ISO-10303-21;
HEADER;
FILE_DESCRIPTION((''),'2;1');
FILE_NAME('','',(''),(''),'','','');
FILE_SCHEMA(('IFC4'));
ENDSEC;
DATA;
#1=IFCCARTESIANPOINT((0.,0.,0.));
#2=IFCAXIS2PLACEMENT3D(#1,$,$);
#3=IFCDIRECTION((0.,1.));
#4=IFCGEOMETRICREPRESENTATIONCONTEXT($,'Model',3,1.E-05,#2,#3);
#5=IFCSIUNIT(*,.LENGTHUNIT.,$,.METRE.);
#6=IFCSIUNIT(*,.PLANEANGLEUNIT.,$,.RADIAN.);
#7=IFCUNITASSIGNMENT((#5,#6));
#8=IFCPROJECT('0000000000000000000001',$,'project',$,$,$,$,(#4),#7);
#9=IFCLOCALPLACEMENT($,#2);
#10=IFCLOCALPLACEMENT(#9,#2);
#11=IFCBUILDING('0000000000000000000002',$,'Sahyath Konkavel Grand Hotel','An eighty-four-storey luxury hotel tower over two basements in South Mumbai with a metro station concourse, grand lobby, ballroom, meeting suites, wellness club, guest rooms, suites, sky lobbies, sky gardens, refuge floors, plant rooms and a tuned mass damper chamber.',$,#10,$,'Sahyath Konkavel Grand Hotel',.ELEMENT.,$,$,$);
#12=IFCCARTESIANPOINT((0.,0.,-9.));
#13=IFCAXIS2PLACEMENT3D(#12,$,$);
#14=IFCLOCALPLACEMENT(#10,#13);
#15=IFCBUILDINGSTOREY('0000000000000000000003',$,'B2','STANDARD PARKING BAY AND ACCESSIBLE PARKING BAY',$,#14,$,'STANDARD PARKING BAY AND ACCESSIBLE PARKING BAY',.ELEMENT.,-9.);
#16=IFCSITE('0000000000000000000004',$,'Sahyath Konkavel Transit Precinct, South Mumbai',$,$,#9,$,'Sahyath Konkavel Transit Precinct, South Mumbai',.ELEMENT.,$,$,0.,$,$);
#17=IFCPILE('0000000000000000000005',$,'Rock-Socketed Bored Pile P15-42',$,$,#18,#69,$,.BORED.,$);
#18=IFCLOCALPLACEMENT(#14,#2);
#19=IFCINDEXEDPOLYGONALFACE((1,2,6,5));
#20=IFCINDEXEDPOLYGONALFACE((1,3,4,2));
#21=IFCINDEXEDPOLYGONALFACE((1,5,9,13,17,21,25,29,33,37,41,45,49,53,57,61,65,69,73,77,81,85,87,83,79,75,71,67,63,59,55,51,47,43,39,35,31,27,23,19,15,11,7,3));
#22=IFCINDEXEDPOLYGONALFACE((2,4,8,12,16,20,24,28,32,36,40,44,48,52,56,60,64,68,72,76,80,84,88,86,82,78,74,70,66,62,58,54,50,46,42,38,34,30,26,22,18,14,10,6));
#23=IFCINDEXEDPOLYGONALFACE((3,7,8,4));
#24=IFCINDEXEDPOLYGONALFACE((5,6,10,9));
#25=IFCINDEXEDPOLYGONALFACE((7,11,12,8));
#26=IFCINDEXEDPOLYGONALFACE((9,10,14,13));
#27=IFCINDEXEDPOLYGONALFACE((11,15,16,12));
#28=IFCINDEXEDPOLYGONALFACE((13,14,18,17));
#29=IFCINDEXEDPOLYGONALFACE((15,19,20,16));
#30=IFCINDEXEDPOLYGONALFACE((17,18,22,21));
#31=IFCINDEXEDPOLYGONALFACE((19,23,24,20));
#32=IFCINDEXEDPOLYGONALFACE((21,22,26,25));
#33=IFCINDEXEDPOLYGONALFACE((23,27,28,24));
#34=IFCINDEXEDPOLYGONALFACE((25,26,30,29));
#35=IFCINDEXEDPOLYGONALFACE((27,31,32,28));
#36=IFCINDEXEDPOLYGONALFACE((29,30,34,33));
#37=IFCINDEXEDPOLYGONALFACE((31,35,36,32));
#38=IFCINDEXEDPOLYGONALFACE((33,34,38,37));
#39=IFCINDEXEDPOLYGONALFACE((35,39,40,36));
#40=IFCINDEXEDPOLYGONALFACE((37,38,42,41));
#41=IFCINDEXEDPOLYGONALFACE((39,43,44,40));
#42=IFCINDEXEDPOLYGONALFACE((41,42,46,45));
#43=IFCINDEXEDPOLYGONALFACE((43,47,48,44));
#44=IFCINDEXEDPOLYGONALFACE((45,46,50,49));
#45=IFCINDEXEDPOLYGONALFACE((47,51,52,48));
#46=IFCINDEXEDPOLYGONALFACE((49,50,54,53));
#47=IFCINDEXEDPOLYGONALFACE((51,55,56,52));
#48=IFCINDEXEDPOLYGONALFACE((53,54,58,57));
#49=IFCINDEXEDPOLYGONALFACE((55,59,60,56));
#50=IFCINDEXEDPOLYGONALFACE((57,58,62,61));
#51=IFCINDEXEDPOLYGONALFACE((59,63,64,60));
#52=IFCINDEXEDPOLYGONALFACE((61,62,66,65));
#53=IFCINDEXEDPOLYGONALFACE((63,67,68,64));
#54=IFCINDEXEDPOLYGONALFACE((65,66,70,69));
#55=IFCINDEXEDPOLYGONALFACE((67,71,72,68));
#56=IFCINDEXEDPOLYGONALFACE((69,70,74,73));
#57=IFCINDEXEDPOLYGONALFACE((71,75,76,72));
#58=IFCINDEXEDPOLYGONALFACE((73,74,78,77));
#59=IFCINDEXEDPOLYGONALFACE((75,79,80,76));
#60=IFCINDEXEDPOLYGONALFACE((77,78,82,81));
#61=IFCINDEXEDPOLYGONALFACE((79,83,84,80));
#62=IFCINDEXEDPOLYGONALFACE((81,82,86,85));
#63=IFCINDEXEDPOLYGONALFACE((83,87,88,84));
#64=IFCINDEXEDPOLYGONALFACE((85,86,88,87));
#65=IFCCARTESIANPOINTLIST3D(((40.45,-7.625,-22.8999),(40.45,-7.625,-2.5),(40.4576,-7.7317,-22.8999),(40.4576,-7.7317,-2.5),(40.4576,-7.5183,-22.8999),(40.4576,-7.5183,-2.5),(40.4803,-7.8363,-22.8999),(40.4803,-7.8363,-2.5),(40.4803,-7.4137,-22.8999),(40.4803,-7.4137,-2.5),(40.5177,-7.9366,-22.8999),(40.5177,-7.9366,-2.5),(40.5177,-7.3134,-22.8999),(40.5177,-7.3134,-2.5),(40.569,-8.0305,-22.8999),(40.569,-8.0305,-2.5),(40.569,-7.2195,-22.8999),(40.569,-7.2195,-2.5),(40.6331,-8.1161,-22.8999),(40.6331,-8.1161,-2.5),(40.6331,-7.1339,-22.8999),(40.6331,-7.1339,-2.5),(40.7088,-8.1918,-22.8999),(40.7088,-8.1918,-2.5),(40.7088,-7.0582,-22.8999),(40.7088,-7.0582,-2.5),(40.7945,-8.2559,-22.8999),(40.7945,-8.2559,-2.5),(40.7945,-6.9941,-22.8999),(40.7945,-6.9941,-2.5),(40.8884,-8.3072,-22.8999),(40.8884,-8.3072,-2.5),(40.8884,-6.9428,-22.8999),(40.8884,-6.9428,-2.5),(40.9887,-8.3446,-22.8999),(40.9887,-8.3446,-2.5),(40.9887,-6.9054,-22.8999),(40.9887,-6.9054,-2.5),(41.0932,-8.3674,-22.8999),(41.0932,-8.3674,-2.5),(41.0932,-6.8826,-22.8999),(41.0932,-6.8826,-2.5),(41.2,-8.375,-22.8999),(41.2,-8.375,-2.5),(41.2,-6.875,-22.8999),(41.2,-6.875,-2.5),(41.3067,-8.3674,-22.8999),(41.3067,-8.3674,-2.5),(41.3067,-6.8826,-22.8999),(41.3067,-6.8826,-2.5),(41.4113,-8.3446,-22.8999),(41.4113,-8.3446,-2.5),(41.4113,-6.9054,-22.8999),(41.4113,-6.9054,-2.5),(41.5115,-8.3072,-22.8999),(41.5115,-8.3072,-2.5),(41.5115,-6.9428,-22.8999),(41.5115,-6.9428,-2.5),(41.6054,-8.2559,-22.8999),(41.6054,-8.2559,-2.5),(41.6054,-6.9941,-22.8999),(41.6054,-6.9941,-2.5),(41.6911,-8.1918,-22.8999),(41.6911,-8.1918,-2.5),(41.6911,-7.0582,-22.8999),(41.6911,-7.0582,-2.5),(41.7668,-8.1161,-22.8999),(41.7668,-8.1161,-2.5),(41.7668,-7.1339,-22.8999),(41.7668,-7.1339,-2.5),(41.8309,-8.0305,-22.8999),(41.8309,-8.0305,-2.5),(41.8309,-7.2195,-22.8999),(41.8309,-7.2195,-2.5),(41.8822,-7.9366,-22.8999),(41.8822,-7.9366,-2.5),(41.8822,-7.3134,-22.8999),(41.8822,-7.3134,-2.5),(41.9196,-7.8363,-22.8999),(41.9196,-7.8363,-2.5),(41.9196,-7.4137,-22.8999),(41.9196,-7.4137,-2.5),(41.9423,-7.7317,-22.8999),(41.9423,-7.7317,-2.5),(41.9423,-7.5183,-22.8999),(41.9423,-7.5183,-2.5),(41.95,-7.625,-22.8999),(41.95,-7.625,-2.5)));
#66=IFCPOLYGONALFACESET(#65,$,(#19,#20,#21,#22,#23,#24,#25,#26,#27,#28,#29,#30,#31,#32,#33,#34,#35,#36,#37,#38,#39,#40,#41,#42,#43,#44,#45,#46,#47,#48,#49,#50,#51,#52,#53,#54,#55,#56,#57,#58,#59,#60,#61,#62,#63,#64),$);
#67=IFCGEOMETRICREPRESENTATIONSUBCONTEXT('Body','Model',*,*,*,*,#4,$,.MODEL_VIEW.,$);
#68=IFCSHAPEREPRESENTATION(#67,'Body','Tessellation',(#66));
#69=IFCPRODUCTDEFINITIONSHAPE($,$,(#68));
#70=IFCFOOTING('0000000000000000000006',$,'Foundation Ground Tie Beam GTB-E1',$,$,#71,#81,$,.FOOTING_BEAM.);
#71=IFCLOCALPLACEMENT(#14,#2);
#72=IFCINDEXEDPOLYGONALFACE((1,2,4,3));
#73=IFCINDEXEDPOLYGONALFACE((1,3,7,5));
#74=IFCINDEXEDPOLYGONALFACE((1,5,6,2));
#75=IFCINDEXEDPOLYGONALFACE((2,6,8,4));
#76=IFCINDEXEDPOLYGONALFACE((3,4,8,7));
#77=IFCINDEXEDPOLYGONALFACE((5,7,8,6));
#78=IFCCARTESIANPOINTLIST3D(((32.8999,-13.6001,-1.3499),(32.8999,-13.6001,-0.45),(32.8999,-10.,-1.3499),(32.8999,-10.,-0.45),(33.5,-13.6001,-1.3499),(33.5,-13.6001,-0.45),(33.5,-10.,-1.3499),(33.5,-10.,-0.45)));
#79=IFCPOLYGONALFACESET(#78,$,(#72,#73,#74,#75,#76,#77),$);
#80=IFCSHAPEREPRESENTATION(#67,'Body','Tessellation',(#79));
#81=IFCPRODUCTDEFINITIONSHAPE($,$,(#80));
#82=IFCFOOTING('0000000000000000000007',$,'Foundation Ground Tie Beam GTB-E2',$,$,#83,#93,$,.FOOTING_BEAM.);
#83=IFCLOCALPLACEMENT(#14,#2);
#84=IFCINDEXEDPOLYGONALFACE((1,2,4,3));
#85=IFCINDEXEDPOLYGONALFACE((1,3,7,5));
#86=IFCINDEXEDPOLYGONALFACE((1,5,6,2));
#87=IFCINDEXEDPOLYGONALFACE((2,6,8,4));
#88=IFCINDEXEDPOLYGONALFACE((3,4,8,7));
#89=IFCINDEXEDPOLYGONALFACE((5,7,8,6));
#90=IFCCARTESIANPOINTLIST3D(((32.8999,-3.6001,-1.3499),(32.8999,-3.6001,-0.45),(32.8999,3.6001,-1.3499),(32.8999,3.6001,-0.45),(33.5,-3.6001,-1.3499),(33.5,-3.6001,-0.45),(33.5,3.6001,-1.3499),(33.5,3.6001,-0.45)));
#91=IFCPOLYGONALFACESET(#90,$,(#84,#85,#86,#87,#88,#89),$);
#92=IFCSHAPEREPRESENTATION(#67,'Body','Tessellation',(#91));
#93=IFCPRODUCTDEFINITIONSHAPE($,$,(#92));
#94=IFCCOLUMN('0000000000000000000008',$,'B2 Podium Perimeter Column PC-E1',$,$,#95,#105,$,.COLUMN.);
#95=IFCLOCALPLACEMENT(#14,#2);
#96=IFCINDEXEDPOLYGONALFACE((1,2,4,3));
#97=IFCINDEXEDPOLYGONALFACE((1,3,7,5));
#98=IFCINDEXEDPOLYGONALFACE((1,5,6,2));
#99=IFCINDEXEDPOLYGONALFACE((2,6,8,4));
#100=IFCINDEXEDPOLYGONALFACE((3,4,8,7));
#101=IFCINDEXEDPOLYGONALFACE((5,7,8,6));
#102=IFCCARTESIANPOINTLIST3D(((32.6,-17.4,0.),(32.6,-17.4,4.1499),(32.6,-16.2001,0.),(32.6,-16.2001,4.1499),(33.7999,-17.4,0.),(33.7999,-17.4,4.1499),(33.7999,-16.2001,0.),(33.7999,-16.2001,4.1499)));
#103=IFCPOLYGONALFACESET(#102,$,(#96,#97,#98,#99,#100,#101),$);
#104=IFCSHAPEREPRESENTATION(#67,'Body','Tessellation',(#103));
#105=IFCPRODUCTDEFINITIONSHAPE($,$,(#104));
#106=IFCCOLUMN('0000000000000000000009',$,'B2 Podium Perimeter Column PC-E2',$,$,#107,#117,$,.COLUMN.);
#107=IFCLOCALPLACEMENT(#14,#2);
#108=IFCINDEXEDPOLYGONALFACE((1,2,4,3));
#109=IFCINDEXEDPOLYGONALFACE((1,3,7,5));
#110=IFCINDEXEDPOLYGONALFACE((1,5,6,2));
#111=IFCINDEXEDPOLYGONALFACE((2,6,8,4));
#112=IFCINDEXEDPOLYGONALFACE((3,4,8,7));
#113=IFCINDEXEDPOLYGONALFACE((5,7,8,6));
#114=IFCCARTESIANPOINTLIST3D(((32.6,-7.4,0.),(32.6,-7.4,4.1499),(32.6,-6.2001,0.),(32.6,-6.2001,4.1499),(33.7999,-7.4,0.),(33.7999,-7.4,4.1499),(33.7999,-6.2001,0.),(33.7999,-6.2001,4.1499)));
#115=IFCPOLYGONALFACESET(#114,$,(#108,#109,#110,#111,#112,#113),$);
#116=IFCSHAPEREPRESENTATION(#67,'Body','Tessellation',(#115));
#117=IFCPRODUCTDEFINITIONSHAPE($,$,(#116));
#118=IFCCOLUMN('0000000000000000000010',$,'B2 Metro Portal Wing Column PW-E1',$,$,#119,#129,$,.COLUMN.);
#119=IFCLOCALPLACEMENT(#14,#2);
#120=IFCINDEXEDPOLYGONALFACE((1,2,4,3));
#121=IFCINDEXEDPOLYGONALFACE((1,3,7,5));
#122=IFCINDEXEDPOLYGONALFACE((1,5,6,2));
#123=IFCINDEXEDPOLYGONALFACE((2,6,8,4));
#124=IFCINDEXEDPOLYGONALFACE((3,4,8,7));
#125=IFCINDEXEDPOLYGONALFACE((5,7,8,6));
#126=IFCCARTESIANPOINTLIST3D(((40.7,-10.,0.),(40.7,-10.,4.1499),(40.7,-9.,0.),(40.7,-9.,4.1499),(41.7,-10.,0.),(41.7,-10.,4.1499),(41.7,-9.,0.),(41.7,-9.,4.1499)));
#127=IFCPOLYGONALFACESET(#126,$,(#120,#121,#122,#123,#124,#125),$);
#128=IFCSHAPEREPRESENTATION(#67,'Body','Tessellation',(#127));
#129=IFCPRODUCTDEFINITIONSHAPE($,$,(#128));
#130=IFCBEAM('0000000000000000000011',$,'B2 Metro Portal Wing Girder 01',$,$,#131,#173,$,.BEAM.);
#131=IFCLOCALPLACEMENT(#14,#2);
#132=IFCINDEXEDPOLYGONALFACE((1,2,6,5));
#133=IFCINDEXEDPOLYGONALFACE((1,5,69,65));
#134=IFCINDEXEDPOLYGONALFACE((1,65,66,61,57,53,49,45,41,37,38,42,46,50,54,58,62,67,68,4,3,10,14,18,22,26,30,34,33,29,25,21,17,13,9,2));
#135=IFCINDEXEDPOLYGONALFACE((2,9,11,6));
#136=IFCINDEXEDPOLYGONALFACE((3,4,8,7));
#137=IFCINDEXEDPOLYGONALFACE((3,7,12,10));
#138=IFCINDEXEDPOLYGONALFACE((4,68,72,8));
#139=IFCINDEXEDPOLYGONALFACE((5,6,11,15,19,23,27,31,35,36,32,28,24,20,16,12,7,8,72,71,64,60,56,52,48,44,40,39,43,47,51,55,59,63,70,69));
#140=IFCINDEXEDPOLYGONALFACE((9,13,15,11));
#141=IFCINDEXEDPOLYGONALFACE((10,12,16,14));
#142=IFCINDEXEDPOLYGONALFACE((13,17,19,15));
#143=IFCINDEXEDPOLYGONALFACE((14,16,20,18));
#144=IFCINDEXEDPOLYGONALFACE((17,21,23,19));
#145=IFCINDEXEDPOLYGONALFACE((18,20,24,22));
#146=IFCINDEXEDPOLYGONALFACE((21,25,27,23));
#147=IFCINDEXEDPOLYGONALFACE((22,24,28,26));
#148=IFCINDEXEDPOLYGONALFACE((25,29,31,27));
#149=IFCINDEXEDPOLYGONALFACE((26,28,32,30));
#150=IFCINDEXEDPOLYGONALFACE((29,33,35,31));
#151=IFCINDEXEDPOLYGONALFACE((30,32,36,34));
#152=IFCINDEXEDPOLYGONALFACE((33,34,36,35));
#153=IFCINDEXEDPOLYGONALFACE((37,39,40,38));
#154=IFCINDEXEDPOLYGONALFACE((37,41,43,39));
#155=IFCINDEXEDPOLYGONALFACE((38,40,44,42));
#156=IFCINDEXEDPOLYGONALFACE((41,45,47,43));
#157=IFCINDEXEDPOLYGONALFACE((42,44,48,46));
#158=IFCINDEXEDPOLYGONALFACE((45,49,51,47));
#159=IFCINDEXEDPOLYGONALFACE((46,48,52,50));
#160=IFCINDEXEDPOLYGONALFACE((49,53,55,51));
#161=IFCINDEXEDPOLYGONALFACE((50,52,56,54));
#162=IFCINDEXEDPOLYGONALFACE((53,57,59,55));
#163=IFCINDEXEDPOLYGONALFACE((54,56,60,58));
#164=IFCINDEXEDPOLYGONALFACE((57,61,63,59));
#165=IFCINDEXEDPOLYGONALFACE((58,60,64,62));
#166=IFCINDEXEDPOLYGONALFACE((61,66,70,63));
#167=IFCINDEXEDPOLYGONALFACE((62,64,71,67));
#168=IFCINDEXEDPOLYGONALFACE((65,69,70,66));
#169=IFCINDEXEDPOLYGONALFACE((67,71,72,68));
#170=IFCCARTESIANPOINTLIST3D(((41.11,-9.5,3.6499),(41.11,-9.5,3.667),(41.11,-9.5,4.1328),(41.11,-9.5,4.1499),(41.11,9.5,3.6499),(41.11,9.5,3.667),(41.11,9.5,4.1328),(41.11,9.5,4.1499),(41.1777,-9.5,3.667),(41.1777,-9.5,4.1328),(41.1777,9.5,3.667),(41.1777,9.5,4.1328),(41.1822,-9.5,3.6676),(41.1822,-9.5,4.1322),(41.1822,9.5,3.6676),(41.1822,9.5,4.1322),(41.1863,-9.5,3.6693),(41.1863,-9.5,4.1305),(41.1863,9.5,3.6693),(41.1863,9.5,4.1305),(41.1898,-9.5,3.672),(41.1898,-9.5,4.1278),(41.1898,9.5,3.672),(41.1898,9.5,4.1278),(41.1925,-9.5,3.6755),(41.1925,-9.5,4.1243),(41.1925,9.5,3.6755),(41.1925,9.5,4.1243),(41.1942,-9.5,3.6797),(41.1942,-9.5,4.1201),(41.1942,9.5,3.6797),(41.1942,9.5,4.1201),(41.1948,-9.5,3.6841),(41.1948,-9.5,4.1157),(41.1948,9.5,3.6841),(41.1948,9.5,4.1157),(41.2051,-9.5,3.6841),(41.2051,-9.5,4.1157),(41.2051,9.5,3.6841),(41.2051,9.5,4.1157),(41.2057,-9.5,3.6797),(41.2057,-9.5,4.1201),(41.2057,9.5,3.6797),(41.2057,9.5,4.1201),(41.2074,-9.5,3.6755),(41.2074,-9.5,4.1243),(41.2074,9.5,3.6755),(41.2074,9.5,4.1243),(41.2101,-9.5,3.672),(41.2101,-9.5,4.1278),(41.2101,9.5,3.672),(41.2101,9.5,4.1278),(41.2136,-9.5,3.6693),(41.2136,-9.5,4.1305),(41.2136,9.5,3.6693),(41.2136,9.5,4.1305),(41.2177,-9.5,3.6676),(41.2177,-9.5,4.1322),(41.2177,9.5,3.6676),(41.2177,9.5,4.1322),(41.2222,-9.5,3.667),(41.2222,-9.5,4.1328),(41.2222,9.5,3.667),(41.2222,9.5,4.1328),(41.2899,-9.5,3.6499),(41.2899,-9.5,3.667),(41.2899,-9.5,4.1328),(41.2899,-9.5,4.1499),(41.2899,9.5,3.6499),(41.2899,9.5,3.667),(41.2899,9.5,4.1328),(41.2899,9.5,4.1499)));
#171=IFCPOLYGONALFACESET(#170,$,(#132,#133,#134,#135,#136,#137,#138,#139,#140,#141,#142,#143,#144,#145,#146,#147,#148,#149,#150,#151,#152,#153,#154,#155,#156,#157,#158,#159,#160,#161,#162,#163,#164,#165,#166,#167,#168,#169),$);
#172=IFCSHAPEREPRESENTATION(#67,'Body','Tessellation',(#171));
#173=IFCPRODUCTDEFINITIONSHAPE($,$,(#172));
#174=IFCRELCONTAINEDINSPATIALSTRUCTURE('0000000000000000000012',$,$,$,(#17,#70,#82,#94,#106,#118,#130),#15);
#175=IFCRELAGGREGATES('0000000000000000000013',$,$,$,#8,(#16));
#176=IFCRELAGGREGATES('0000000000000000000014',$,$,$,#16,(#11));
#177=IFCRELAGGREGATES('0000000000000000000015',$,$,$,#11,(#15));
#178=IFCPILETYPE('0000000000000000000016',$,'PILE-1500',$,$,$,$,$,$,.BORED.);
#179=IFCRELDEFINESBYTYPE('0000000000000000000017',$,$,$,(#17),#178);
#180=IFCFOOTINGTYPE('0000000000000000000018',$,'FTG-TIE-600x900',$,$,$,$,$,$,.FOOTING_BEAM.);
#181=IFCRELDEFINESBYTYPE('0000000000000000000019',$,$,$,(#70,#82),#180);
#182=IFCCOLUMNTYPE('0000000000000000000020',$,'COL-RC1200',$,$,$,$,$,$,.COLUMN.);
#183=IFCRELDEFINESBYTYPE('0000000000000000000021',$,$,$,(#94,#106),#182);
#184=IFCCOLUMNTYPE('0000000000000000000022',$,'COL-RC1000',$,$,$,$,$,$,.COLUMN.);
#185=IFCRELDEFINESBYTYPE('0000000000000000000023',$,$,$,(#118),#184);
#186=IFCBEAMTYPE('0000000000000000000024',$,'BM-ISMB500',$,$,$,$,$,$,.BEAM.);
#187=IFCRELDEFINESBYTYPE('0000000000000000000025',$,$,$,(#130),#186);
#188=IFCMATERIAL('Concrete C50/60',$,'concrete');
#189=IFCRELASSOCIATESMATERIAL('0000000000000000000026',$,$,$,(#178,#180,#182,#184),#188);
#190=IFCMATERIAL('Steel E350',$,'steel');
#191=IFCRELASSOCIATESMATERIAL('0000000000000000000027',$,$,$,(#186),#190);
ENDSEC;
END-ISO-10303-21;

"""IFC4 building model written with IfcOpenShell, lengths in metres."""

from ifc_helpers import new_model, si_unit, direction, frame, origin, origin_2d, place, context, subcontext, project, spatial, rectangle, circle, i_section, extrude, source, transform, mapped, material, material_profile, profile_set, type_object, element, save


model = new_model("IFC4")

# Units and contexts
model_context = context("Model", 3, precision=1e-05, world=origin(), true_north=direction((0.0, 1.0)))
body_context = subcontext(model_context, "Body", "Model", "MODEL_VIEW")
ifc_project = project(units=[si_unit("LENGTHUNIT", "METRE"), si_unit("PLANEANGLEUNIT", "RADIAN")], contexts=[model_context])

# Site, building, storey
site_placement = place(None, origin())
site = spatial("IfcSite", under=ifc_project, at=site_placement, Name="Sahyath Konkavel Transit Precinct, South Mumbai", LongName="Sahyath Konkavel Transit Precinct, South Mumbai", CompositionType="ELEMENT", RefElevation=0.0)
building_placement = place(site_placement, origin())
building = spatial("IfcBuilding", under=site, at=building_placement, Name="Sahyath Konkavel Grand Hotel", Description="An eighty-four-storey luxury hotel tower over two basements in South Mumbai with a metro station concourse, grand lobby, ballroom, meeting suites, wellness club, guest rooms, suites, sky lobbies, sky gardens, refuge floors, plant rooms and a tuned mass damper chamber.", LongName="Sahyath Konkavel Grand Hotel", CompositionType="ELEMENT")
storey_placement = place(building_placement, frame((0.0, 0.0, -9.0)))
storey = spatial("IfcBuildingStorey", under=building, at=storey_placement, Name="B2", Description="STANDARD PARKING BAY AND ACCESSIBLE PARKING BAY", LongName="STANDARD PARKING BAY AND ACCESSIBLE PARKING BAY", CompositionType="ELEMENT", Elevation=-9.0)

# Pile
ifc_material_1 = material(Name="Concrete C50/60", Category="concrete")
ifc_material_profile_1 = material_profile(ifc_material_1, circle(Radius=0.75, at=origin_2d()), Name="PILE D1500")
ifc_profile_set_1 = profile_set([ifc_material_profile_1], Name="Concrete C50/60")
pile_type = type_object("IfcPileType", Name="PILE-1500", PredefinedType="BORED", material=ifc_profile_set_1)
for number, where, z_axis, x_axis, name in (
    (1, (41.2, -7.625, -2.5), (0.0, 0.0, -1.0), (1.0, 0.0, 0.0), "Rock-Socketed Bored Pile P15-42"),
):
    element("IfcPile", number, at=place(storey_placement, frame(where, z_axis=z_axis, x_axis=x_axis)), inside=storey, type_object=pile_type, Name=name, PredefinedType="BORED", context=body_context, shape_type="SweptSolid", body=[
        extrude(circle(Radius=0.75, at=origin_2d()), origin(), (0.0, 0.0, 1.0), 20.3999),
    ])

# Footings
ifc_material_profile_2 = material_profile(ifc_material_1, rectangle(XDim=0.6001, YDim=0.8999, at=origin_2d()), Name="RC 600x900")
ifc_profile_set_2 = profile_set([ifc_material_profile_2], Name="Concrete C50/60")
footing_type = type_object("IfcFootingType", Name="FTG-TIE-600x900", PredefinedType="FOOTING_BEAM", material=ifc_profile_set_2)
shared_shape_1 = source(origin(), body_context, "Body", "SweptSolid", [
    extrude(rectangle(XDim=0.6001, YDim=0.8999, at=origin_2d()), origin(), (0.0, 0.0, 1.0), 3.6001),
])
footing_1_placement = place(storey_placement, frame((33.2, -13.6001, -0.8999), z_axis=(0.0, 1.0, 0.0), x_axis=(-1.0, 0.0, 0.0)))
element("IfcFooting", 2, at=footing_1_placement, inside=storey, type_object=footing_type, Name="Foundation Ground Tie Beam GTB-E1", PredefinedType="FOOTING_BEAM", context=body_context, shape_type="MappedRepresentation", body=[
    mapped(shared_shape_1, transform((0.0, 0.0, 0.0), scale=1.0)),
])
shared_shape_2 = source(origin(), body_context, "Body", "SweptSolid", [
    extrude(rectangle(XDim=0.6001, YDim=0.8999, at=origin_2d()), origin(), (0.0, 0.0, 1.0), 7.2002),
])
footing_2_placement = place(storey_placement, frame((33.2, -3.6001, -0.8999), z_axis=(0.0, 1.0, 0.0), x_axis=(-1.0, 0.0, 0.0)))
element("IfcFooting", 3, at=footing_2_placement, inside=storey, type_object=footing_type, Name="Foundation Ground Tie Beam GTB-E2", PredefinedType="FOOTING_BEAM", context=body_context, shape_type="MappedRepresentation", body=[
    mapped(shared_shape_2, transform((0.0, 0.0, 0.0), scale=1.0)),
])

# Columns
ifc_material_profile_3 = material_profile(ifc_material_1, rectangle(XDim=1.2, YDim=1.2, at=origin_2d()), Name="RC 1200x1200")
ifc_profile_set_3 = profile_set([ifc_material_profile_3], Name="Concrete C50/60")
column_type_1 = type_object("IfcColumnType", Name="COL-RC1200", PredefinedType="COLUMN", material=ifc_profile_set_3)
shared_shape_3 = source(origin(), body_context, "Body", "SweptSolid", [
    extrude(rectangle(XDim=1.2, YDim=1.2, at=origin_2d()), origin(), (0.0, 0.0, 1.0), 4.1499),
])
for number, where, z_axis, x_axis, name in (
    (4, (33.2, -16.8, 0.0), (0.0, 0.0, 1.0), (1.0, 0.0, 0.0), "B2 Podium Perimeter Column PC-E1"),
    (5, (33.2, -6.8, 0.0), (0.0, 0.0, 1.0), (1.0, 0.0, 0.0), "B2 Podium Perimeter Column PC-E2"),
):
    element("IfcColumn", number, at=place(storey_placement, frame(where, z_axis=z_axis, x_axis=x_axis)), inside=storey, type_object=column_type_1, Name=name, PredefinedType="COLUMN", context=body_context, shape_type="MappedRepresentation", body=[
        mapped(shared_shape_3, transform((0.0, 0.0, 0.0), scale=1.0)),
    ])
ifc_material_profile_4 = material_profile(ifc_material_1, rectangle(XDim=1.0, YDim=1.0, at=origin_2d()), Name="RC 1000x1000")
ifc_profile_set_4 = profile_set([ifc_material_profile_4], Name="Concrete C50/60")
column_type_2 = type_object("IfcColumnType", Name="COL-RC1000", PredefinedType="COLUMN", material=ifc_profile_set_4)
shared_shape_4 = source(origin(), body_context, "Body", "SweptSolid", [
    extrude(rectangle(XDim=1.0, YDim=1.0, at=origin_2d()), origin(), (0.0, 0.0, 1.0), 4.1499),
])
column_placement = place(storey_placement, frame((41.2, -9.5, 0.0), z_axis=(0.0, 0.0, 1.0), x_axis=(1.0, 0.0, 0.0)))
element("IfcColumn", 6, at=column_placement, inside=storey, type_object=column_type_2, Name="B2 Metro Portal Wing Column PW-E1", PredefinedType="COLUMN", context=body_context, shape_type="MappedRepresentation", body=[
    mapped(shared_shape_4, transform((0.0, 0.0, 0.0), scale=1.0)),
])

# Beam
ifc_material_2 = material(Name="Steel E350", Category="steel")
ifc_material_profile_5 = material_profile(ifc_material_2, i_section(OverallWidth=0.1799, OverallDepth=0.5, WebThickness=0.0103, FlangeThickness=0.0171, FilletRadius=0.0171, at=origin_2d()), Name="ISMB 500")
ifc_profile_set_5 = profile_set([ifc_material_profile_5], Name="Steel E350")
beam_type_1 = type_object("IfcBeamType", Name="BM-ISMB500", PredefinedType="BEAM", material=ifc_profile_set_5)
shared_shape_5 = source(origin(), body_context, "Body", "SweptSolid", [
    extrude(i_section(OverallWidth=0.1799, OverallDepth=0.5, WebThickness=0.0103, FlangeThickness=0.0171, FilletRadius=0.0171, at=origin_2d()), origin(), (0.0, 0.0, 1.0), 19.0),
])
beam_1_placement = place(storey_placement, frame((41.2, -9.5, 3.8999), z_axis=(0.0, 1.0, 0.0), x_axis=(-1.0, 0.0, 0.0)))
element("IfcBeam", 7, at=beam_1_placement, inside=storey, type_object=beam_type_1, Name="B2 Metro Portal Wing Girder 01", PredefinedType="BEAM", context=body_context, shape_type="MappedRepresentation", body=[
    mapped(shared_shape_5, transform((0.0, 0.0, 0.0), scale=1.0)),
])

save(model, "model.ifc")
